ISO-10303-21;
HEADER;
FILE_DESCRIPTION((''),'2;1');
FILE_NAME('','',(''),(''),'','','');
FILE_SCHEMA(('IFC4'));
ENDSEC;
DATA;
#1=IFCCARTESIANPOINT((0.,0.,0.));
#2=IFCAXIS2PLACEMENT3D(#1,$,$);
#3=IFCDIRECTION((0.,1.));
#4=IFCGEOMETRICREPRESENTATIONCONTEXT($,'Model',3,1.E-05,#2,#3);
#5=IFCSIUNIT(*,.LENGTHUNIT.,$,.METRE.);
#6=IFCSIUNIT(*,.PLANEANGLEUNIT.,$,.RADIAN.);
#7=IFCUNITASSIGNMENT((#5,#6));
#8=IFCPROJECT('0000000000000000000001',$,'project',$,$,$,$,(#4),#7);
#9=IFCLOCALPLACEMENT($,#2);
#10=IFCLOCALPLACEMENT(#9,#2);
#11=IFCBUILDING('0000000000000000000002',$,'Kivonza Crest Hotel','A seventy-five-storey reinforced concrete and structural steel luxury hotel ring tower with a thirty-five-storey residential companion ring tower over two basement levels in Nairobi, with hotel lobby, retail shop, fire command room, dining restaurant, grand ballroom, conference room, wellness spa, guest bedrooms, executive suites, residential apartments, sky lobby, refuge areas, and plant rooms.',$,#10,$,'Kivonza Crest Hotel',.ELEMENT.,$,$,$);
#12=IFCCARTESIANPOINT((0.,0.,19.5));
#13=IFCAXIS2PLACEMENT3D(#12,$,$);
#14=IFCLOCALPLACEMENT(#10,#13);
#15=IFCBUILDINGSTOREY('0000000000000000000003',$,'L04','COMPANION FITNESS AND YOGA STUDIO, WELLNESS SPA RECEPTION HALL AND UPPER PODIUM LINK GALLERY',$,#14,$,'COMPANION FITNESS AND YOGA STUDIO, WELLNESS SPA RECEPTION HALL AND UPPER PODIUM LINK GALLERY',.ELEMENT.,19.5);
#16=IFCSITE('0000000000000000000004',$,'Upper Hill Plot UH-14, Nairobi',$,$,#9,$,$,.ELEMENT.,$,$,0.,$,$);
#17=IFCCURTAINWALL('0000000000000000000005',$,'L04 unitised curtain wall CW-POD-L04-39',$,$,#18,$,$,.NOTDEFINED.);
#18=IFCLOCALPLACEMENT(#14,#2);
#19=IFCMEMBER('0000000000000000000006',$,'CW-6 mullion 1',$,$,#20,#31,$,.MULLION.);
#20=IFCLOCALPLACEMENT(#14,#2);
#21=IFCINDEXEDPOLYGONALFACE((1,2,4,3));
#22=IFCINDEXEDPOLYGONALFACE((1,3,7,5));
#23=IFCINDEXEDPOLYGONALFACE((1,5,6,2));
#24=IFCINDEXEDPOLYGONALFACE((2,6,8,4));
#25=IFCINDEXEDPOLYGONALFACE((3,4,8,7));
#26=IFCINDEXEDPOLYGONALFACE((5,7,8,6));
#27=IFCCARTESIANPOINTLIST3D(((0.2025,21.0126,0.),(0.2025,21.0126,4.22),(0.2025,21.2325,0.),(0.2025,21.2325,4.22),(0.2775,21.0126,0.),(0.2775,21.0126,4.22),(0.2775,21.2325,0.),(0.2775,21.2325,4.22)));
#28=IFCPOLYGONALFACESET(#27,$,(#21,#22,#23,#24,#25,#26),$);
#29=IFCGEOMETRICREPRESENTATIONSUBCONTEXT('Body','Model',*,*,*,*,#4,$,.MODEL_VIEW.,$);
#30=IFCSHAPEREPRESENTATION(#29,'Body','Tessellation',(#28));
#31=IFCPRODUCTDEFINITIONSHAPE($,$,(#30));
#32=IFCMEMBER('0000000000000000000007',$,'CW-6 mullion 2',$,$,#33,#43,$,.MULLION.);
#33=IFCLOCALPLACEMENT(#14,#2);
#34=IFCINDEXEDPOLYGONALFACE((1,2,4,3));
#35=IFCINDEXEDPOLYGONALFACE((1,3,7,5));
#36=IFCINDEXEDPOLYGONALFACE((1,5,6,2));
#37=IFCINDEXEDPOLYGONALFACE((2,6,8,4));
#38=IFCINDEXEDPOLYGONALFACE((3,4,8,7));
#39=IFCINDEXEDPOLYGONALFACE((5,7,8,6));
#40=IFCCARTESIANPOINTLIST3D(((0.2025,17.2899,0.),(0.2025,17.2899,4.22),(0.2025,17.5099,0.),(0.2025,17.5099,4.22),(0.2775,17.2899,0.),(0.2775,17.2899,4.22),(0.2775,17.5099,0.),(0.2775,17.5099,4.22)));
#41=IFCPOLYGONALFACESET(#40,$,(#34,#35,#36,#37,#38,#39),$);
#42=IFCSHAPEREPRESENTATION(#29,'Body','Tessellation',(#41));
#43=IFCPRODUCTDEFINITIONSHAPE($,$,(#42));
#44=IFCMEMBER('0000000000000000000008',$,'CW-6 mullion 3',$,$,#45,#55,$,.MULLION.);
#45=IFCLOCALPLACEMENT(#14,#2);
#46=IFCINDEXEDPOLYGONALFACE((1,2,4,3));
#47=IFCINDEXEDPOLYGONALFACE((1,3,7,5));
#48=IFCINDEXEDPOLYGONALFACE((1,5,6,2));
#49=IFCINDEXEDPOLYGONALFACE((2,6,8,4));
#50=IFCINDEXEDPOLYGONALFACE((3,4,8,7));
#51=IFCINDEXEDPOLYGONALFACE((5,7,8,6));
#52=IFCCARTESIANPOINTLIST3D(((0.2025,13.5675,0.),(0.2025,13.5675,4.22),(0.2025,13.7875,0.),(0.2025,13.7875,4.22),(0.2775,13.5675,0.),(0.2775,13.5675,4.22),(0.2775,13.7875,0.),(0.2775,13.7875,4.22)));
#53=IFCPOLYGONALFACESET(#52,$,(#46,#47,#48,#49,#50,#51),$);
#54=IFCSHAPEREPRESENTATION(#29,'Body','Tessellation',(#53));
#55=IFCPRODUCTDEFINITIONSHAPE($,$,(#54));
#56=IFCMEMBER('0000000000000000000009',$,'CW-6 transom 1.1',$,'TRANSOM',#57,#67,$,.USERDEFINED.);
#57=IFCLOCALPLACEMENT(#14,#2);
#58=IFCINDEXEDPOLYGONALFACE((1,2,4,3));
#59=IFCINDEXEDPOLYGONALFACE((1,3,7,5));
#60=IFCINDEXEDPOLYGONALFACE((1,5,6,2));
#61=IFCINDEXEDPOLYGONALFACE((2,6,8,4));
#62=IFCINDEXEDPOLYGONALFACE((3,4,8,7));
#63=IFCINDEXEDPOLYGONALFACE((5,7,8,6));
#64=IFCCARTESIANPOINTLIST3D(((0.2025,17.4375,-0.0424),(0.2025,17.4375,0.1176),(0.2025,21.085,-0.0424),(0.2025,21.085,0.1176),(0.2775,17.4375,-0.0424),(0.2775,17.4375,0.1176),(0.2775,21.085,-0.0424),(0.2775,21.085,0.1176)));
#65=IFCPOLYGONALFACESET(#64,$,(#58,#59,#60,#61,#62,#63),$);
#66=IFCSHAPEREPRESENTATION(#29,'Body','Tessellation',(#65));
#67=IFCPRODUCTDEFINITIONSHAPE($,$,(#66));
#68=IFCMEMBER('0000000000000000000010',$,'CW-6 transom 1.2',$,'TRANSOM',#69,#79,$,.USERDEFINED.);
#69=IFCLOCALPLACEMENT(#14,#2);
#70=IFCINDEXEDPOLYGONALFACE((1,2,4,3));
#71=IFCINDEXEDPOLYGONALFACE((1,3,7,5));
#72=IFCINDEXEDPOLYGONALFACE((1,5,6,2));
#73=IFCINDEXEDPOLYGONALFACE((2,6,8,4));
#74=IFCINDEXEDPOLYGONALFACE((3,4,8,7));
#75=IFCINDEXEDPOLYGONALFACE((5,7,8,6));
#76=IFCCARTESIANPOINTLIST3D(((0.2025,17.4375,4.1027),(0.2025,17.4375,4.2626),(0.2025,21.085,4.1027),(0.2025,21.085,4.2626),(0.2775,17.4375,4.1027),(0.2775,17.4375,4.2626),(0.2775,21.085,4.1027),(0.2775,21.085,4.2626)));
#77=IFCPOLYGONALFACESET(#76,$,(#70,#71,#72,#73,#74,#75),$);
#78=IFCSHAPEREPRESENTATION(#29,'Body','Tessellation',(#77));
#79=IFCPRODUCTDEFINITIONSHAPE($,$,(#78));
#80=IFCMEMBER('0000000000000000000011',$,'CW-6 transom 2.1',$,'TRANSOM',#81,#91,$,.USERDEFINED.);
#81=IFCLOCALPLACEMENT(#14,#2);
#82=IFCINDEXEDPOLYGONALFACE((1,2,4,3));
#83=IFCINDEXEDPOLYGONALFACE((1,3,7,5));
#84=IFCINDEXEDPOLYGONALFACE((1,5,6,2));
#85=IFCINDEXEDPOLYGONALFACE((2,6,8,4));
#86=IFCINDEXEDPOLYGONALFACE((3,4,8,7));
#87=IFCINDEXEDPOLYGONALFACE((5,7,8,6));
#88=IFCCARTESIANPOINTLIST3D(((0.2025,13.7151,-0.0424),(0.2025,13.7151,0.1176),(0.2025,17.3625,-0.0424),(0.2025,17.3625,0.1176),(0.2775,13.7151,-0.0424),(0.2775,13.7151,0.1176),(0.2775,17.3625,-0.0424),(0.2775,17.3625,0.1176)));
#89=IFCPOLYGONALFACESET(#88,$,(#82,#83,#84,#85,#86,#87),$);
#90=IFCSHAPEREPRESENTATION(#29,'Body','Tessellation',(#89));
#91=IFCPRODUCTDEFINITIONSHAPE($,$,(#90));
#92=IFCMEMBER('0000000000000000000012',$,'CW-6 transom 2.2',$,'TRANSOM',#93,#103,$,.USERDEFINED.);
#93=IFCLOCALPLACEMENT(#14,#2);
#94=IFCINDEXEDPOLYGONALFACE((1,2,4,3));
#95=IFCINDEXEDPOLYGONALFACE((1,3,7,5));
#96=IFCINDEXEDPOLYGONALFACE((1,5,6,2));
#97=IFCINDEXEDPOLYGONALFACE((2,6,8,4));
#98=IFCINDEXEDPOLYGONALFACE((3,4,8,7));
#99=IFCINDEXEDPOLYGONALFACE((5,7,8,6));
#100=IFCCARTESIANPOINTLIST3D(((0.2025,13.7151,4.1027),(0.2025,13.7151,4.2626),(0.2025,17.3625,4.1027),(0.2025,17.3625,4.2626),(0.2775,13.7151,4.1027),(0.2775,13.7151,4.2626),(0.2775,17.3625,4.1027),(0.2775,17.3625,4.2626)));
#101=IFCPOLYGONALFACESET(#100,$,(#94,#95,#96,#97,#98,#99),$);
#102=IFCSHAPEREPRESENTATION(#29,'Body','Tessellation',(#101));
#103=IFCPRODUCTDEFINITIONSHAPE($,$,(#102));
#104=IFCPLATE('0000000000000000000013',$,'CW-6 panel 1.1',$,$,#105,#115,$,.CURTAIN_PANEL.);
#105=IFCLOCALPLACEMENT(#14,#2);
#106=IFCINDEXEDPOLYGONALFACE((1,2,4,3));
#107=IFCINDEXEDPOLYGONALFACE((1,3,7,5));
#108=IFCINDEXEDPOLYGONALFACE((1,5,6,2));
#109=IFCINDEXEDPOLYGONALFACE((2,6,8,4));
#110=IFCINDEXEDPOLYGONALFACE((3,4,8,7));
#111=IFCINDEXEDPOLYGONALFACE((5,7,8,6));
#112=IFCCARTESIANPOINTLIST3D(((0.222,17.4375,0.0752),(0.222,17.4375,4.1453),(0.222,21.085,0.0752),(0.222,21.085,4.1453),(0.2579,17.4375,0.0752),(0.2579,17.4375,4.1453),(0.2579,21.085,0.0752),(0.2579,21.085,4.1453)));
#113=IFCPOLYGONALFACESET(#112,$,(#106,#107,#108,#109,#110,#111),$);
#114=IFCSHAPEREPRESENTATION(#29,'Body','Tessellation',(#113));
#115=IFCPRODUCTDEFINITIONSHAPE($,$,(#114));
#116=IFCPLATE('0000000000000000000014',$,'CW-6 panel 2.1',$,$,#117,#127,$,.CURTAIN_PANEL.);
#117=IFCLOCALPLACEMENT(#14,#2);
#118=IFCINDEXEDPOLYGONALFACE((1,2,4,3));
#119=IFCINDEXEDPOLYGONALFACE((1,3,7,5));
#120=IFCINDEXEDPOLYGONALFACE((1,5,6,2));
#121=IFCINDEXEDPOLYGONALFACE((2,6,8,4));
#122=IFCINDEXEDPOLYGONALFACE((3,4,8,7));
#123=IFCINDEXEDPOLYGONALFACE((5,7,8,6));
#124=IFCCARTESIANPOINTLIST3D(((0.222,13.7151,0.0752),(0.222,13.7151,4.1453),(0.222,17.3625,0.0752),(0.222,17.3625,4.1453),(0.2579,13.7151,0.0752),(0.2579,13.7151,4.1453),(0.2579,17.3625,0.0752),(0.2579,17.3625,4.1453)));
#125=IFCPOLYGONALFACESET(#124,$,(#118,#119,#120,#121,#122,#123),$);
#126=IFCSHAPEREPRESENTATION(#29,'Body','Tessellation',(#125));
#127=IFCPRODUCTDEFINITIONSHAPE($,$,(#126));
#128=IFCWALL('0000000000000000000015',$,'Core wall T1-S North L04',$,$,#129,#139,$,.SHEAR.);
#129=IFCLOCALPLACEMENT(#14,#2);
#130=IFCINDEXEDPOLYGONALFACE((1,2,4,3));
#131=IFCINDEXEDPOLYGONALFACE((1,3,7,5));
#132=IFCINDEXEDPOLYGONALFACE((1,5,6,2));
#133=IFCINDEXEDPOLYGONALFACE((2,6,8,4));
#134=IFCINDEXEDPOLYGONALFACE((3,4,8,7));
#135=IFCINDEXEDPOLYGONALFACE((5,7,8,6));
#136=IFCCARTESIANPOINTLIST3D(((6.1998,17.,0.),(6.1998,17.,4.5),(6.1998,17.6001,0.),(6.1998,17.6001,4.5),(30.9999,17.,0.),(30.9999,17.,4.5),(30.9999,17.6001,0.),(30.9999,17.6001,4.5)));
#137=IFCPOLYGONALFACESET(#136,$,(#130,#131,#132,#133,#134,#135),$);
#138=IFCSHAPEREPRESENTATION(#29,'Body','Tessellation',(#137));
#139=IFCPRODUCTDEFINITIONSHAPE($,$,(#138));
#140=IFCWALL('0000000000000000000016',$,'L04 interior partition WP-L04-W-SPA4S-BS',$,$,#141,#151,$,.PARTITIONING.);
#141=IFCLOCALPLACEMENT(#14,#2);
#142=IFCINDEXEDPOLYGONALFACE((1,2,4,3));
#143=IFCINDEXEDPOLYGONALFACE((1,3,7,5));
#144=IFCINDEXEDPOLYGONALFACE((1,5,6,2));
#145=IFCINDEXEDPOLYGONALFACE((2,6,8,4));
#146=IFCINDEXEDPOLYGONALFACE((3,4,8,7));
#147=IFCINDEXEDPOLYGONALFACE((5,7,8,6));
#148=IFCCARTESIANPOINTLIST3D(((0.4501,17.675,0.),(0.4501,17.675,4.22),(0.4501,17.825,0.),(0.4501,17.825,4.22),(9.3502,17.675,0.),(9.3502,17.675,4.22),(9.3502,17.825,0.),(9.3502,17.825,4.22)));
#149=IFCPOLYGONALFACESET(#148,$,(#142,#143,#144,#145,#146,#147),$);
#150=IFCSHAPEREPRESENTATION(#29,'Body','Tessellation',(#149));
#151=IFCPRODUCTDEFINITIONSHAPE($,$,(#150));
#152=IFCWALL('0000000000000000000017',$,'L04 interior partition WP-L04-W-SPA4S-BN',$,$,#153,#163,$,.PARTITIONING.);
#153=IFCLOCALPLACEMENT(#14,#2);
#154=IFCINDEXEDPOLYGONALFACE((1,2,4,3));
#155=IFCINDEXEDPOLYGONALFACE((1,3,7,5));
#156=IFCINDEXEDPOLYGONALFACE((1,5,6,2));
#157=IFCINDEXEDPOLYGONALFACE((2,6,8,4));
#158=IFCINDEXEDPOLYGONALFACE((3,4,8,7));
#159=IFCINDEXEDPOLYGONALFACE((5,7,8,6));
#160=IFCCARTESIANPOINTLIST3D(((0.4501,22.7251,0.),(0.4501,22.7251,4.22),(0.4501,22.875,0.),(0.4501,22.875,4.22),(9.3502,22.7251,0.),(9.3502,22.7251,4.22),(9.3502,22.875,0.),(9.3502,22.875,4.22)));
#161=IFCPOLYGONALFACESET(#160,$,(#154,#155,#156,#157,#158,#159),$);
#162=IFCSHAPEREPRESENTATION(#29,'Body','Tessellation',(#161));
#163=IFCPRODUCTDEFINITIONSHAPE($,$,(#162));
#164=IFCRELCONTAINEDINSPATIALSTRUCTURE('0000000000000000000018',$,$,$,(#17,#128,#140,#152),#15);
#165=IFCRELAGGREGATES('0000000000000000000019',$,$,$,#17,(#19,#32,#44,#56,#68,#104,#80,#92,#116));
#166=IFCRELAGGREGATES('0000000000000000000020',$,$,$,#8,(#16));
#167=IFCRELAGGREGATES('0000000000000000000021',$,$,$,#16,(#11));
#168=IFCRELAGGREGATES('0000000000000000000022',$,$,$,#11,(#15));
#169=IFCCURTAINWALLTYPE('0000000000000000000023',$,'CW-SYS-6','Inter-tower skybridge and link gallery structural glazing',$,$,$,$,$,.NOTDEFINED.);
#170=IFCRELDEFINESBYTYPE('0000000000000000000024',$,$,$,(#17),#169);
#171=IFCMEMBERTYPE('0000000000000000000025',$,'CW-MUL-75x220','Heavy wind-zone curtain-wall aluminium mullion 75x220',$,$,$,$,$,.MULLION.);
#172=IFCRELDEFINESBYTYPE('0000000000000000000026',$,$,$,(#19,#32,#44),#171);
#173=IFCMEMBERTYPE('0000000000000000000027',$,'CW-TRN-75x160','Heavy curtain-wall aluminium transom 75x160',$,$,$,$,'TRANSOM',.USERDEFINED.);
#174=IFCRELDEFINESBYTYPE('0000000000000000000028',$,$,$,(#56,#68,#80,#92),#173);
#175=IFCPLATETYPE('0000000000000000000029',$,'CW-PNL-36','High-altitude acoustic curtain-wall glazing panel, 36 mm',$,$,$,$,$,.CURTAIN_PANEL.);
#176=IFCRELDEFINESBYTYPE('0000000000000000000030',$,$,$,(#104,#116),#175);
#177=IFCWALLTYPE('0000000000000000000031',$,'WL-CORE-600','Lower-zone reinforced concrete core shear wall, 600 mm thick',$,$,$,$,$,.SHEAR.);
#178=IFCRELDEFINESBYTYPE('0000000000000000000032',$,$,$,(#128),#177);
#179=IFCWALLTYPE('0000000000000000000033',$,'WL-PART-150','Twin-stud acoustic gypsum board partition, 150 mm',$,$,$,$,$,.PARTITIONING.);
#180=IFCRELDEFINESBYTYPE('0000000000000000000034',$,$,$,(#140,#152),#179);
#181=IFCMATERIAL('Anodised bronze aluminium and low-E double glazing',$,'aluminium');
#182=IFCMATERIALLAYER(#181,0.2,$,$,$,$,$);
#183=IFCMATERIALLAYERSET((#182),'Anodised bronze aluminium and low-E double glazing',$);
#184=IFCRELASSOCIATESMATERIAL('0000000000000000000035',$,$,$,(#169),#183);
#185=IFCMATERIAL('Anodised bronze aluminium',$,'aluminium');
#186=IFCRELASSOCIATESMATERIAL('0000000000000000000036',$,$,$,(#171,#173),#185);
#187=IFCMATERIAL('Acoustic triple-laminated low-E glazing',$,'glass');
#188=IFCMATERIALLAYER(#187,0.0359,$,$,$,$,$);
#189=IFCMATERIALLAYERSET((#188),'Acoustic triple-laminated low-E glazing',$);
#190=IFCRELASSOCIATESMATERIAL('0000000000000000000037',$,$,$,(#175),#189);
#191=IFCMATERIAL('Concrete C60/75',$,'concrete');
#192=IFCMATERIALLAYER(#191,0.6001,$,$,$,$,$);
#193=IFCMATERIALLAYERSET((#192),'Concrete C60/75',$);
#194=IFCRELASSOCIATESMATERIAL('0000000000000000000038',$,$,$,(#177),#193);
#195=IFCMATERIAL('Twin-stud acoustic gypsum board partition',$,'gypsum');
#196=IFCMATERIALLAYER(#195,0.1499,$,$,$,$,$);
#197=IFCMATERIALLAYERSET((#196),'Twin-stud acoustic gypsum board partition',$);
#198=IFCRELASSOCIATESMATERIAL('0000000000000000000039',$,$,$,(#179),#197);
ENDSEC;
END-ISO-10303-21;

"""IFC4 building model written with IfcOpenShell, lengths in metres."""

from ifc_helpers import new_model, si_unit, direction, frame, frame_2d, origin, origin_2d, place, context, subcontext, project, spatial, rectangle, extrude, material, layer, layer_set, material_profile, profile_set, type_object, element, aggregate, save


model = new_model("IFC4")

# Units and contexts
model_context = context("Model", 3, precision=1e-05, world=origin(), true_north=direction((0.0, 1.0)))
body_context = subcontext(model_context, "Body", "Model", "MODEL_VIEW")
ifc_project = project(units=[si_unit("LENGTHUNIT", "METRE"), si_unit("PLANEANGLEUNIT", "RADIAN")], contexts=[model_context])

# Site, building, storey
site_placement = place(None, origin())
site = spatial("IfcSite", under=ifc_project, at=site_placement, Name="Upper Hill Plot UH-14, Nairobi", CompositionType="ELEMENT", RefElevation=0.0)
building_placement = place(site_placement, origin())
building = spatial("IfcBuilding", under=site, at=building_placement, Name="Kivonza Crest Hotel", Description="A seventy-five-storey reinforced concrete and structural steel luxury hotel ring tower with a thirty-five-storey residential companion ring tower over two basement levels in Nairobi, with hotel lobby, retail shop, fire command room, dining restaurant, grand ballroom, conference room, wellness spa, guest bedrooms, executive suites, residential apartments, sky lobby, refuge areas, and plant rooms.", LongName="Kivonza Crest Hotel", CompositionType="ELEMENT")
storey_placement = place(building_placement, frame((0.0, 0.0, 19.5)))
storey = spatial("IfcBuildingStorey", under=building, at=storey_placement, Name="L04", Description="COMPANION FITNESS AND YOGA STUDIO, WELLNESS SPA RECEPTION HALL AND UPPER PODIUM LINK GALLERY", LongName="COMPANION FITNESS AND YOGA STUDIO, WELLNESS SPA RECEPTION HALL AND UPPER PODIUM LINK GALLERY", CompositionType="ELEMENT", Elevation=19.5)

# Shared definitions
ifc_material_1 = material(Name="Concrete C60/75", Category="concrete")

# Shared definitions
ifc_material_2 = material(Name="Anodised bronze aluminium and low-E double glazing", Category="aluminium")
ifc_layer_1 = layer(ifc_material_2, 0.2)
ifc_layer_set_1 = layer_set([ifc_layer_1], Name="Anodised bronze aluminium and low-E double glazing")
curtain_wall_type = type_object("IfcCurtainWallType", Name="CW-SYS-6", Description="Inter-tower skybridge and link gallery structural glazing", PredefinedType="NOTDEFINED", material=ifc_layer_set_1)
ifc_material_3 = material(Name="Anodised bronze aluminium", Category="aluminium")
ifc_material_profile_1 = material_profile(ifc_material_3, rectangle(XDim=0.075, YDim=0.22, at=origin_2d()), Name="CW-M 75x220")
ifc_profile_set_1 = profile_set([ifc_material_profile_1], Name="Anodised bronze aluminium")
member_type_1 = type_object("IfcMemberType", Name="CW-MUL-75x220", Description="Heavy wind-zone curtain-wall aluminium mullion 75x220", PredefinedType="MULLION", material=ifc_profile_set_1)

# Curtain wall, members, plates
curtain_wall_1_placement = place(storey_placement, origin())
curtain_wall_1 = element("IfcCurtainWall", 1, at=curtain_wall_1_placement, inside=storey, type_object=curtain_wall_type, Name="L04 unitised curtain wall CW-POD-L04-39", PredefinedType="NOTDEFINED")
member_1_placement = place(storey_placement, frame((0.24, 21.1226, 0.0), z_axis=(0.0, 0.0, 1.0), x_axis=(1.0, 0.0, 0.0)))
member_1 = element("IfcMember", 2, at=member_1_placement, type_object=member_type_1, Name="CW-6 mullion 1", PredefinedType="MULLION", context=body_context, shape_type="SweptSolid", body=[
    extrude(rectangle(XDim=0.075, YDim=0.22, at=origin_2d()), origin(), (0.0, 0.0, 1.0), 4.22),
])
member_2_placement = place(storey_placement, frame((0.24, 17.3999, 0.0), z_axis=(0.0, 0.0, 1.0), x_axis=(1.0, 0.0, 0.0)))
member_2 = element("IfcMember", 3, at=member_2_placement, type_object=member_type_1, Name="CW-6 mullion 2", PredefinedType="MULLION", context=body_context, shape_type="SweptSolid", body=[
    extrude(rectangle(XDim=0.075, YDim=0.22, at=origin_2d()), origin(), (0.0, 0.0, 1.0), 4.22),
])
member_3_placement = place(storey_placement, frame((0.24, 13.6775, 0.0), z_axis=(0.0, 0.0, 1.0), x_axis=(1.0, 0.0, 0.0)))
member_3 = element("IfcMember", 4, at=member_3_placement, type_object=member_type_1, Name="CW-6 mullion 3", PredefinedType="MULLION", context=body_context, shape_type="SweptSolid", body=[
    extrude(rectangle(XDim=0.075, YDim=0.22, at=origin_2d()), origin(), (0.0, 0.0, 1.0), 4.22),
])
ifc_material_profile_2 = material_profile(ifc_material_3, rectangle(XDim=0.075, YDim=0.1599, at=origin_2d()), Name="CW-T 75x160")
ifc_profile_set_2 = profile_set([ifc_material_profile_2], Name="Anodised bronze aluminium")
member_type_2 = type_object("IfcMemberType", Name="CW-TRN-75x160", Description="Heavy curtain-wall aluminium transom 75x160", ElementType="TRANSOM", PredefinedType="USERDEFINED", material=ifc_profile_set_2)
member_4_placement = place(storey_placement, frame((0.24, 21.085, 0.0376), z_axis=(0.0, -1.0, 0.0), x_axis=(1.0, 0.0, 0.0)))
member_4 = element("IfcMember", 5, at=member_4_placement, type_object=member_type_2, Name="CW-6 transom 1.1", ObjectType="TRANSOM", PredefinedType="USERDEFINED", context=body_context, shape_type="SweptSolid", body=[
    extrude(rectangle(XDim=0.075, YDim=0.1599, at=origin_2d()), origin(), (0.0, 0.0, 1.0), 3.6475),
])
member_5_placement = place(storey_placement, frame((0.24, 21.085, 4.1826), z_axis=(0.0, -1.0, 0.0), x_axis=(1.0, 0.0, 0.0)))
member_5 = element("IfcMember", 6, at=member_5_placement, type_object=member_type_2, Name="CW-6 transom 1.2", ObjectType="TRANSOM", PredefinedType="USERDEFINED", context=body_context, shape_type="SweptSolid", body=[
    extrude(rectangle(XDim=0.075, YDim=0.1599, at=origin_2d()), origin(), (0.0, 0.0, 1.0), 3.6475),
])
member_6_placement = place(storey_placement, frame((0.24, 17.3625, 0.0376), z_axis=(0.0, -1.0, 0.0), x_axis=(1.0, 0.0, 0.0)))
member_6 = element("IfcMember", 7, at=member_6_placement, type_object=member_type_2, Name="CW-6 transom 2.1", ObjectType="TRANSOM", PredefinedType="USERDEFINED", context=body_context, shape_type="SweptSolid", body=[
    extrude(rectangle(XDim=0.075, YDim=0.1599, at=origin_2d()), origin(), (0.0, 0.0, 1.0), 3.6475),
])
member_7_placement = place(storey_placement, frame((0.24, 17.3625, 4.1826), z_axis=(0.0, -1.0, 0.0), x_axis=(1.0, 0.0, 0.0)))
member_7 = element("IfcMember", 8, at=member_7_placement, type_object=member_type_2, Name="CW-6 transom 2.2", ObjectType="TRANSOM", PredefinedType="USERDEFINED", context=body_context, shape_type="SweptSolid", body=[
    extrude(rectangle(XDim=0.075, YDim=0.1599, at=origin_2d()), origin(), (0.0, 0.0, 1.0), 3.6475),
])
ifc_material_4 = material(Name="Acoustic triple-laminated low-E glazing", Category="glass")
ifc_layer_2 = layer(ifc_material_4, 0.0359)
ifc_layer_set_2 = layer_set([ifc_layer_2], Name="Acoustic triple-laminated low-E glazing")
plate_type = type_object("IfcPlateType", Name="CW-PNL-36", Description="High-altitude acoustic curtain-wall glazing panel, 36 mm", PredefinedType="CURTAIN_PANEL", material=ifc_layer_set_2)
plate_1_placement = place(storey_placement, frame((0.24, 19.2612, 0.0752), z_axis=(0.0, 0.0, 1.0), x_axis=(0.0, -1.0, 0.0)))
plate_1 = element("IfcPlate", 9, at=plate_1_placement, type_object=plate_type, Name="CW-6 panel 1.1", PredefinedType="CURTAIN_PANEL", context=body_context, shape_type="SweptSolid", body=[
    extrude(rectangle(XDim=3.6475, YDim=0.0359, at=origin_2d()), origin(), (0.0, 0.0, 1.0), 4.0701),
])
plate_2_placement = place(storey_placement, frame((0.24, 15.5388, 0.0752), z_axis=(0.0, 0.0, 1.0), x_axis=(0.0, -1.0, 0.0)))
plate_2 = element("IfcPlate", 10, at=plate_2_placement, type_object=plate_type, Name="CW-6 panel 2.1", PredefinedType="CURTAIN_PANEL", context=body_context, shape_type="SweptSolid", body=[
    extrude(rectangle(XDim=3.6475, YDim=0.0359, at=origin_2d()), origin(), (0.0, 0.0, 1.0), 4.0701),
])
aggregate(curtain_wall_1, [member_1, member_2, member_3, member_4, member_5, plate_1, member_6, member_7, plate_2])

# Shared definitions
ifc_layer_3 = layer(ifc_material_1, 0.6001)
ifc_layer_set_3 = layer_set([ifc_layer_3], Name="Concrete C60/75")
wall_type_1 = type_object("IfcWallType", Name="WL-CORE-600", Description="Lower-zone reinforced concrete core shear wall, 600 mm thick", PredefinedType="SHEAR", material=ifc_layer_set_3)

# Walls
wall_1_placement = place(storey_placement, frame((6.2, 17.3, 0.0), z_axis=(0.0, 0.0, 1.0), x_axis=(1.0, 0.0, 0.0)))
element("IfcWall", 11, at=wall_1_placement, inside=storey, type_object=wall_type_1, Name="Core wall T1-S North L04", PredefinedType="SHEAR", context=body_context, shape_type="SweptSolid", body=[
    extrude(rectangle(XDim=24.8, YDim=0.6001, at=frame_2d((12.3999, 0.0))), origin(), (0.0, 0.0, 1.0), 4.5),
])
ifc_material_5 = material(Name="Twin-stud acoustic gypsum board partition", Category="gypsum")
ifc_layer_4 = layer(ifc_material_5, 0.1499)
ifc_layer_set_4 = layer_set([ifc_layer_4], Name="Twin-stud acoustic gypsum board partition")
wall_type_2 = type_object("IfcWallType", Name="WL-PART-150", Description="Twin-stud acoustic gypsum board partition, 150 mm", PredefinedType="PARTITIONING", material=ifc_layer_set_4)
for number, where, z_axis, x_axis, name in (
    (12, (0.45, 17.75, 0.0), (0.0, 0.0, 1.0), (1.0, 0.0, 0.0), "L04 interior partition WP-L04-W-SPA4S-BS"),
    (13, (0.45, 22.8, 0.0), (0.0, 0.0, 1.0), (1.0, 0.0, 0.0), "L04 interior partition WP-L04-W-SPA4S-BN"),
):
    element("IfcWall", number, at=place(storey_placement, frame(where, z_axis=z_axis, x_axis=x_axis)), inside=storey, type_object=wall_type_2, Name=name, PredefinedType="PARTITIONING", context=body_context, shape_type="SweptSolid", body=[
        extrude(rectangle(XDim=8.9001, YDim=0.1499, at=frame_2d((4.4502, 0.0))), origin(), (0.0, 0.0, 1.0), 4.22),
    ])

save(model, "model.ifc")
